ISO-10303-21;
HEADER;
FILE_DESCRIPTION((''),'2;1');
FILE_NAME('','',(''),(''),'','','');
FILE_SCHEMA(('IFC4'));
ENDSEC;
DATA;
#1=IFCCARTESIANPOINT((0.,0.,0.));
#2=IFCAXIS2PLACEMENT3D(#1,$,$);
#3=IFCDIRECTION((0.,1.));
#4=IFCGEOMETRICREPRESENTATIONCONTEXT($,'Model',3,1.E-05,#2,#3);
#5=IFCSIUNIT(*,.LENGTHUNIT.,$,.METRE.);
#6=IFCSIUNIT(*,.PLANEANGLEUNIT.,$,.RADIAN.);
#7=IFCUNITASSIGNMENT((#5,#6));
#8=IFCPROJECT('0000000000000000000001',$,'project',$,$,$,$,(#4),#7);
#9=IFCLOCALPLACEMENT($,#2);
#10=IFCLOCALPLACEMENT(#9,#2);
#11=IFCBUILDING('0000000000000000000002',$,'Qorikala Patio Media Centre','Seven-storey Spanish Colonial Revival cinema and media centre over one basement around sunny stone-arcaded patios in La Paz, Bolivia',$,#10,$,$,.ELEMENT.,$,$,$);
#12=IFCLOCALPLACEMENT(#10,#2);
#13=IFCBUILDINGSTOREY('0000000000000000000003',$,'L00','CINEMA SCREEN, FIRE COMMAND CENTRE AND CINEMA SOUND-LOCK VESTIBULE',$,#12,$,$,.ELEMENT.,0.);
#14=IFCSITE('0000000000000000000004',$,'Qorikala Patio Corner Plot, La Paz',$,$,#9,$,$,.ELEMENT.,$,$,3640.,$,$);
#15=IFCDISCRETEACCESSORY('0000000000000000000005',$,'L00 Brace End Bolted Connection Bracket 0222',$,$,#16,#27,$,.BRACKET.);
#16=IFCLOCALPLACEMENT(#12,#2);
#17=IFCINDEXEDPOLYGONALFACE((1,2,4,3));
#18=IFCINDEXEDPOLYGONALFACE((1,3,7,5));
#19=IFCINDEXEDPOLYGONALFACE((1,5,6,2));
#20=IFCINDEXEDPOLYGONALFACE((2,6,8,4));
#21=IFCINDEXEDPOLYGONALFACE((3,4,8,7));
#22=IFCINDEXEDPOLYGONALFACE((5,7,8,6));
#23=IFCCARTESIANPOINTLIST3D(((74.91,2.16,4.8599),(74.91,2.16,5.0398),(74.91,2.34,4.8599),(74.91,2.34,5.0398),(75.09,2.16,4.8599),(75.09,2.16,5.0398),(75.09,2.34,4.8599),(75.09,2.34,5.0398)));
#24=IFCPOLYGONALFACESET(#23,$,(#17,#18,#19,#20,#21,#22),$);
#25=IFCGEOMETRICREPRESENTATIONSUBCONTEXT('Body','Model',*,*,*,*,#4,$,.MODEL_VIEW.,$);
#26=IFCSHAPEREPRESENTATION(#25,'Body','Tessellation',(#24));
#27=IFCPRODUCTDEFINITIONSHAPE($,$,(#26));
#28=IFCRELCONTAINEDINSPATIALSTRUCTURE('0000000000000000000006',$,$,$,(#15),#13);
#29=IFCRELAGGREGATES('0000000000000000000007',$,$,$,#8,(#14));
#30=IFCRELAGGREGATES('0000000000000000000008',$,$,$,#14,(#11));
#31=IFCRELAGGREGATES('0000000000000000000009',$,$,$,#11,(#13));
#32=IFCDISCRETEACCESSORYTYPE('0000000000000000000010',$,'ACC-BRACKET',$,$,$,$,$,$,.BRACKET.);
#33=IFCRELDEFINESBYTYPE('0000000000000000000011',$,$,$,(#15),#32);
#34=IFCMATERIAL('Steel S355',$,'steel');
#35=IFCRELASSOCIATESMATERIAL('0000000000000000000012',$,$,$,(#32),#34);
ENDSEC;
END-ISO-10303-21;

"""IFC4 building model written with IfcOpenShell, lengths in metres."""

from ifc_helpers import new_model, si_unit, direction, frame, origin, origin_2d, place, context, subcontext, project, spatial, rectangle, extrude, material, type_object, element, save


model = new_model("IFC4")

# Units and contexts
model_context = context("Model", 3, precision=1e-05, world=origin(), true_north=direction((0.0, 1.0)))
body_context = subcontext(model_context, "Body", "Model", "MODEL_VIEW")
ifc_project = project(units=[si_unit("LENGTHUNIT", "METRE"), si_unit("PLANEANGLEUNIT", "RADIAN")], contexts=[model_context])

# Site, building, storey
site_placement = place(None, origin())
site = spatial("IfcSite", under=ifc_project, at=site_placement, Name="Qorikala Patio Corner Plot, La Paz", CompositionType="ELEMENT", RefElevation=3640.0)
building_placement = place(site_placement, origin())
building = spatial("IfcBuilding", under=site, at=building_placement, Name="Qorikala Patio Media Centre", Description="Seven-storey Spanish Colonial Revival cinema and media centre over one basement around sunny stone-arcaded patios in La Paz, Bolivia", CompositionType="ELEMENT")
storey_placement = place(building_placement, origin())
storey = spatial("IfcBuildingStorey", under=building, at=storey_placement, Name="L00", Description="CINEMA SCREEN, FIRE COMMAND CENTRE AND CINEMA SOUND-LOCK VESTIBULE", CompositionType="ELEMENT", Elevation=0.0)

# Shared definitions
ifc_material_1 = material(Name="Steel S355", Category="steel")

# Discrete accessory
discrete_accessory_type = type_object("IfcDiscreteAccessoryType", Name="ACC-BRACKET", PredefinedType="BRACKET", material=ifc_material_1)
for number, where, z_axis, x_axis, name in (
    (1, (75.0, 2.25, 4.8599), (0.0, 0.0, 1.0), (1.0, 0.0, 0.0), "L00 Brace End Bolted Connection Bracket 0222"),
):
    element("IfcDiscreteAccessory", number, at=place(storey_placement, frame(where, z_axis=z_axis, x_axis=x_axis)), inside=storey, type_object=discrete_accessory_type, Name=name, PredefinedType="BRACKET", context=body_context, shape_type="SweptSolid", body=[
        extrude(rectangle(XDim=0.1799, YDim=0.1799, at=origin_2d()), origin(), (0.0, 0.0, 1.0), 0.1799),
    ])

save(model, "model.ifc")
